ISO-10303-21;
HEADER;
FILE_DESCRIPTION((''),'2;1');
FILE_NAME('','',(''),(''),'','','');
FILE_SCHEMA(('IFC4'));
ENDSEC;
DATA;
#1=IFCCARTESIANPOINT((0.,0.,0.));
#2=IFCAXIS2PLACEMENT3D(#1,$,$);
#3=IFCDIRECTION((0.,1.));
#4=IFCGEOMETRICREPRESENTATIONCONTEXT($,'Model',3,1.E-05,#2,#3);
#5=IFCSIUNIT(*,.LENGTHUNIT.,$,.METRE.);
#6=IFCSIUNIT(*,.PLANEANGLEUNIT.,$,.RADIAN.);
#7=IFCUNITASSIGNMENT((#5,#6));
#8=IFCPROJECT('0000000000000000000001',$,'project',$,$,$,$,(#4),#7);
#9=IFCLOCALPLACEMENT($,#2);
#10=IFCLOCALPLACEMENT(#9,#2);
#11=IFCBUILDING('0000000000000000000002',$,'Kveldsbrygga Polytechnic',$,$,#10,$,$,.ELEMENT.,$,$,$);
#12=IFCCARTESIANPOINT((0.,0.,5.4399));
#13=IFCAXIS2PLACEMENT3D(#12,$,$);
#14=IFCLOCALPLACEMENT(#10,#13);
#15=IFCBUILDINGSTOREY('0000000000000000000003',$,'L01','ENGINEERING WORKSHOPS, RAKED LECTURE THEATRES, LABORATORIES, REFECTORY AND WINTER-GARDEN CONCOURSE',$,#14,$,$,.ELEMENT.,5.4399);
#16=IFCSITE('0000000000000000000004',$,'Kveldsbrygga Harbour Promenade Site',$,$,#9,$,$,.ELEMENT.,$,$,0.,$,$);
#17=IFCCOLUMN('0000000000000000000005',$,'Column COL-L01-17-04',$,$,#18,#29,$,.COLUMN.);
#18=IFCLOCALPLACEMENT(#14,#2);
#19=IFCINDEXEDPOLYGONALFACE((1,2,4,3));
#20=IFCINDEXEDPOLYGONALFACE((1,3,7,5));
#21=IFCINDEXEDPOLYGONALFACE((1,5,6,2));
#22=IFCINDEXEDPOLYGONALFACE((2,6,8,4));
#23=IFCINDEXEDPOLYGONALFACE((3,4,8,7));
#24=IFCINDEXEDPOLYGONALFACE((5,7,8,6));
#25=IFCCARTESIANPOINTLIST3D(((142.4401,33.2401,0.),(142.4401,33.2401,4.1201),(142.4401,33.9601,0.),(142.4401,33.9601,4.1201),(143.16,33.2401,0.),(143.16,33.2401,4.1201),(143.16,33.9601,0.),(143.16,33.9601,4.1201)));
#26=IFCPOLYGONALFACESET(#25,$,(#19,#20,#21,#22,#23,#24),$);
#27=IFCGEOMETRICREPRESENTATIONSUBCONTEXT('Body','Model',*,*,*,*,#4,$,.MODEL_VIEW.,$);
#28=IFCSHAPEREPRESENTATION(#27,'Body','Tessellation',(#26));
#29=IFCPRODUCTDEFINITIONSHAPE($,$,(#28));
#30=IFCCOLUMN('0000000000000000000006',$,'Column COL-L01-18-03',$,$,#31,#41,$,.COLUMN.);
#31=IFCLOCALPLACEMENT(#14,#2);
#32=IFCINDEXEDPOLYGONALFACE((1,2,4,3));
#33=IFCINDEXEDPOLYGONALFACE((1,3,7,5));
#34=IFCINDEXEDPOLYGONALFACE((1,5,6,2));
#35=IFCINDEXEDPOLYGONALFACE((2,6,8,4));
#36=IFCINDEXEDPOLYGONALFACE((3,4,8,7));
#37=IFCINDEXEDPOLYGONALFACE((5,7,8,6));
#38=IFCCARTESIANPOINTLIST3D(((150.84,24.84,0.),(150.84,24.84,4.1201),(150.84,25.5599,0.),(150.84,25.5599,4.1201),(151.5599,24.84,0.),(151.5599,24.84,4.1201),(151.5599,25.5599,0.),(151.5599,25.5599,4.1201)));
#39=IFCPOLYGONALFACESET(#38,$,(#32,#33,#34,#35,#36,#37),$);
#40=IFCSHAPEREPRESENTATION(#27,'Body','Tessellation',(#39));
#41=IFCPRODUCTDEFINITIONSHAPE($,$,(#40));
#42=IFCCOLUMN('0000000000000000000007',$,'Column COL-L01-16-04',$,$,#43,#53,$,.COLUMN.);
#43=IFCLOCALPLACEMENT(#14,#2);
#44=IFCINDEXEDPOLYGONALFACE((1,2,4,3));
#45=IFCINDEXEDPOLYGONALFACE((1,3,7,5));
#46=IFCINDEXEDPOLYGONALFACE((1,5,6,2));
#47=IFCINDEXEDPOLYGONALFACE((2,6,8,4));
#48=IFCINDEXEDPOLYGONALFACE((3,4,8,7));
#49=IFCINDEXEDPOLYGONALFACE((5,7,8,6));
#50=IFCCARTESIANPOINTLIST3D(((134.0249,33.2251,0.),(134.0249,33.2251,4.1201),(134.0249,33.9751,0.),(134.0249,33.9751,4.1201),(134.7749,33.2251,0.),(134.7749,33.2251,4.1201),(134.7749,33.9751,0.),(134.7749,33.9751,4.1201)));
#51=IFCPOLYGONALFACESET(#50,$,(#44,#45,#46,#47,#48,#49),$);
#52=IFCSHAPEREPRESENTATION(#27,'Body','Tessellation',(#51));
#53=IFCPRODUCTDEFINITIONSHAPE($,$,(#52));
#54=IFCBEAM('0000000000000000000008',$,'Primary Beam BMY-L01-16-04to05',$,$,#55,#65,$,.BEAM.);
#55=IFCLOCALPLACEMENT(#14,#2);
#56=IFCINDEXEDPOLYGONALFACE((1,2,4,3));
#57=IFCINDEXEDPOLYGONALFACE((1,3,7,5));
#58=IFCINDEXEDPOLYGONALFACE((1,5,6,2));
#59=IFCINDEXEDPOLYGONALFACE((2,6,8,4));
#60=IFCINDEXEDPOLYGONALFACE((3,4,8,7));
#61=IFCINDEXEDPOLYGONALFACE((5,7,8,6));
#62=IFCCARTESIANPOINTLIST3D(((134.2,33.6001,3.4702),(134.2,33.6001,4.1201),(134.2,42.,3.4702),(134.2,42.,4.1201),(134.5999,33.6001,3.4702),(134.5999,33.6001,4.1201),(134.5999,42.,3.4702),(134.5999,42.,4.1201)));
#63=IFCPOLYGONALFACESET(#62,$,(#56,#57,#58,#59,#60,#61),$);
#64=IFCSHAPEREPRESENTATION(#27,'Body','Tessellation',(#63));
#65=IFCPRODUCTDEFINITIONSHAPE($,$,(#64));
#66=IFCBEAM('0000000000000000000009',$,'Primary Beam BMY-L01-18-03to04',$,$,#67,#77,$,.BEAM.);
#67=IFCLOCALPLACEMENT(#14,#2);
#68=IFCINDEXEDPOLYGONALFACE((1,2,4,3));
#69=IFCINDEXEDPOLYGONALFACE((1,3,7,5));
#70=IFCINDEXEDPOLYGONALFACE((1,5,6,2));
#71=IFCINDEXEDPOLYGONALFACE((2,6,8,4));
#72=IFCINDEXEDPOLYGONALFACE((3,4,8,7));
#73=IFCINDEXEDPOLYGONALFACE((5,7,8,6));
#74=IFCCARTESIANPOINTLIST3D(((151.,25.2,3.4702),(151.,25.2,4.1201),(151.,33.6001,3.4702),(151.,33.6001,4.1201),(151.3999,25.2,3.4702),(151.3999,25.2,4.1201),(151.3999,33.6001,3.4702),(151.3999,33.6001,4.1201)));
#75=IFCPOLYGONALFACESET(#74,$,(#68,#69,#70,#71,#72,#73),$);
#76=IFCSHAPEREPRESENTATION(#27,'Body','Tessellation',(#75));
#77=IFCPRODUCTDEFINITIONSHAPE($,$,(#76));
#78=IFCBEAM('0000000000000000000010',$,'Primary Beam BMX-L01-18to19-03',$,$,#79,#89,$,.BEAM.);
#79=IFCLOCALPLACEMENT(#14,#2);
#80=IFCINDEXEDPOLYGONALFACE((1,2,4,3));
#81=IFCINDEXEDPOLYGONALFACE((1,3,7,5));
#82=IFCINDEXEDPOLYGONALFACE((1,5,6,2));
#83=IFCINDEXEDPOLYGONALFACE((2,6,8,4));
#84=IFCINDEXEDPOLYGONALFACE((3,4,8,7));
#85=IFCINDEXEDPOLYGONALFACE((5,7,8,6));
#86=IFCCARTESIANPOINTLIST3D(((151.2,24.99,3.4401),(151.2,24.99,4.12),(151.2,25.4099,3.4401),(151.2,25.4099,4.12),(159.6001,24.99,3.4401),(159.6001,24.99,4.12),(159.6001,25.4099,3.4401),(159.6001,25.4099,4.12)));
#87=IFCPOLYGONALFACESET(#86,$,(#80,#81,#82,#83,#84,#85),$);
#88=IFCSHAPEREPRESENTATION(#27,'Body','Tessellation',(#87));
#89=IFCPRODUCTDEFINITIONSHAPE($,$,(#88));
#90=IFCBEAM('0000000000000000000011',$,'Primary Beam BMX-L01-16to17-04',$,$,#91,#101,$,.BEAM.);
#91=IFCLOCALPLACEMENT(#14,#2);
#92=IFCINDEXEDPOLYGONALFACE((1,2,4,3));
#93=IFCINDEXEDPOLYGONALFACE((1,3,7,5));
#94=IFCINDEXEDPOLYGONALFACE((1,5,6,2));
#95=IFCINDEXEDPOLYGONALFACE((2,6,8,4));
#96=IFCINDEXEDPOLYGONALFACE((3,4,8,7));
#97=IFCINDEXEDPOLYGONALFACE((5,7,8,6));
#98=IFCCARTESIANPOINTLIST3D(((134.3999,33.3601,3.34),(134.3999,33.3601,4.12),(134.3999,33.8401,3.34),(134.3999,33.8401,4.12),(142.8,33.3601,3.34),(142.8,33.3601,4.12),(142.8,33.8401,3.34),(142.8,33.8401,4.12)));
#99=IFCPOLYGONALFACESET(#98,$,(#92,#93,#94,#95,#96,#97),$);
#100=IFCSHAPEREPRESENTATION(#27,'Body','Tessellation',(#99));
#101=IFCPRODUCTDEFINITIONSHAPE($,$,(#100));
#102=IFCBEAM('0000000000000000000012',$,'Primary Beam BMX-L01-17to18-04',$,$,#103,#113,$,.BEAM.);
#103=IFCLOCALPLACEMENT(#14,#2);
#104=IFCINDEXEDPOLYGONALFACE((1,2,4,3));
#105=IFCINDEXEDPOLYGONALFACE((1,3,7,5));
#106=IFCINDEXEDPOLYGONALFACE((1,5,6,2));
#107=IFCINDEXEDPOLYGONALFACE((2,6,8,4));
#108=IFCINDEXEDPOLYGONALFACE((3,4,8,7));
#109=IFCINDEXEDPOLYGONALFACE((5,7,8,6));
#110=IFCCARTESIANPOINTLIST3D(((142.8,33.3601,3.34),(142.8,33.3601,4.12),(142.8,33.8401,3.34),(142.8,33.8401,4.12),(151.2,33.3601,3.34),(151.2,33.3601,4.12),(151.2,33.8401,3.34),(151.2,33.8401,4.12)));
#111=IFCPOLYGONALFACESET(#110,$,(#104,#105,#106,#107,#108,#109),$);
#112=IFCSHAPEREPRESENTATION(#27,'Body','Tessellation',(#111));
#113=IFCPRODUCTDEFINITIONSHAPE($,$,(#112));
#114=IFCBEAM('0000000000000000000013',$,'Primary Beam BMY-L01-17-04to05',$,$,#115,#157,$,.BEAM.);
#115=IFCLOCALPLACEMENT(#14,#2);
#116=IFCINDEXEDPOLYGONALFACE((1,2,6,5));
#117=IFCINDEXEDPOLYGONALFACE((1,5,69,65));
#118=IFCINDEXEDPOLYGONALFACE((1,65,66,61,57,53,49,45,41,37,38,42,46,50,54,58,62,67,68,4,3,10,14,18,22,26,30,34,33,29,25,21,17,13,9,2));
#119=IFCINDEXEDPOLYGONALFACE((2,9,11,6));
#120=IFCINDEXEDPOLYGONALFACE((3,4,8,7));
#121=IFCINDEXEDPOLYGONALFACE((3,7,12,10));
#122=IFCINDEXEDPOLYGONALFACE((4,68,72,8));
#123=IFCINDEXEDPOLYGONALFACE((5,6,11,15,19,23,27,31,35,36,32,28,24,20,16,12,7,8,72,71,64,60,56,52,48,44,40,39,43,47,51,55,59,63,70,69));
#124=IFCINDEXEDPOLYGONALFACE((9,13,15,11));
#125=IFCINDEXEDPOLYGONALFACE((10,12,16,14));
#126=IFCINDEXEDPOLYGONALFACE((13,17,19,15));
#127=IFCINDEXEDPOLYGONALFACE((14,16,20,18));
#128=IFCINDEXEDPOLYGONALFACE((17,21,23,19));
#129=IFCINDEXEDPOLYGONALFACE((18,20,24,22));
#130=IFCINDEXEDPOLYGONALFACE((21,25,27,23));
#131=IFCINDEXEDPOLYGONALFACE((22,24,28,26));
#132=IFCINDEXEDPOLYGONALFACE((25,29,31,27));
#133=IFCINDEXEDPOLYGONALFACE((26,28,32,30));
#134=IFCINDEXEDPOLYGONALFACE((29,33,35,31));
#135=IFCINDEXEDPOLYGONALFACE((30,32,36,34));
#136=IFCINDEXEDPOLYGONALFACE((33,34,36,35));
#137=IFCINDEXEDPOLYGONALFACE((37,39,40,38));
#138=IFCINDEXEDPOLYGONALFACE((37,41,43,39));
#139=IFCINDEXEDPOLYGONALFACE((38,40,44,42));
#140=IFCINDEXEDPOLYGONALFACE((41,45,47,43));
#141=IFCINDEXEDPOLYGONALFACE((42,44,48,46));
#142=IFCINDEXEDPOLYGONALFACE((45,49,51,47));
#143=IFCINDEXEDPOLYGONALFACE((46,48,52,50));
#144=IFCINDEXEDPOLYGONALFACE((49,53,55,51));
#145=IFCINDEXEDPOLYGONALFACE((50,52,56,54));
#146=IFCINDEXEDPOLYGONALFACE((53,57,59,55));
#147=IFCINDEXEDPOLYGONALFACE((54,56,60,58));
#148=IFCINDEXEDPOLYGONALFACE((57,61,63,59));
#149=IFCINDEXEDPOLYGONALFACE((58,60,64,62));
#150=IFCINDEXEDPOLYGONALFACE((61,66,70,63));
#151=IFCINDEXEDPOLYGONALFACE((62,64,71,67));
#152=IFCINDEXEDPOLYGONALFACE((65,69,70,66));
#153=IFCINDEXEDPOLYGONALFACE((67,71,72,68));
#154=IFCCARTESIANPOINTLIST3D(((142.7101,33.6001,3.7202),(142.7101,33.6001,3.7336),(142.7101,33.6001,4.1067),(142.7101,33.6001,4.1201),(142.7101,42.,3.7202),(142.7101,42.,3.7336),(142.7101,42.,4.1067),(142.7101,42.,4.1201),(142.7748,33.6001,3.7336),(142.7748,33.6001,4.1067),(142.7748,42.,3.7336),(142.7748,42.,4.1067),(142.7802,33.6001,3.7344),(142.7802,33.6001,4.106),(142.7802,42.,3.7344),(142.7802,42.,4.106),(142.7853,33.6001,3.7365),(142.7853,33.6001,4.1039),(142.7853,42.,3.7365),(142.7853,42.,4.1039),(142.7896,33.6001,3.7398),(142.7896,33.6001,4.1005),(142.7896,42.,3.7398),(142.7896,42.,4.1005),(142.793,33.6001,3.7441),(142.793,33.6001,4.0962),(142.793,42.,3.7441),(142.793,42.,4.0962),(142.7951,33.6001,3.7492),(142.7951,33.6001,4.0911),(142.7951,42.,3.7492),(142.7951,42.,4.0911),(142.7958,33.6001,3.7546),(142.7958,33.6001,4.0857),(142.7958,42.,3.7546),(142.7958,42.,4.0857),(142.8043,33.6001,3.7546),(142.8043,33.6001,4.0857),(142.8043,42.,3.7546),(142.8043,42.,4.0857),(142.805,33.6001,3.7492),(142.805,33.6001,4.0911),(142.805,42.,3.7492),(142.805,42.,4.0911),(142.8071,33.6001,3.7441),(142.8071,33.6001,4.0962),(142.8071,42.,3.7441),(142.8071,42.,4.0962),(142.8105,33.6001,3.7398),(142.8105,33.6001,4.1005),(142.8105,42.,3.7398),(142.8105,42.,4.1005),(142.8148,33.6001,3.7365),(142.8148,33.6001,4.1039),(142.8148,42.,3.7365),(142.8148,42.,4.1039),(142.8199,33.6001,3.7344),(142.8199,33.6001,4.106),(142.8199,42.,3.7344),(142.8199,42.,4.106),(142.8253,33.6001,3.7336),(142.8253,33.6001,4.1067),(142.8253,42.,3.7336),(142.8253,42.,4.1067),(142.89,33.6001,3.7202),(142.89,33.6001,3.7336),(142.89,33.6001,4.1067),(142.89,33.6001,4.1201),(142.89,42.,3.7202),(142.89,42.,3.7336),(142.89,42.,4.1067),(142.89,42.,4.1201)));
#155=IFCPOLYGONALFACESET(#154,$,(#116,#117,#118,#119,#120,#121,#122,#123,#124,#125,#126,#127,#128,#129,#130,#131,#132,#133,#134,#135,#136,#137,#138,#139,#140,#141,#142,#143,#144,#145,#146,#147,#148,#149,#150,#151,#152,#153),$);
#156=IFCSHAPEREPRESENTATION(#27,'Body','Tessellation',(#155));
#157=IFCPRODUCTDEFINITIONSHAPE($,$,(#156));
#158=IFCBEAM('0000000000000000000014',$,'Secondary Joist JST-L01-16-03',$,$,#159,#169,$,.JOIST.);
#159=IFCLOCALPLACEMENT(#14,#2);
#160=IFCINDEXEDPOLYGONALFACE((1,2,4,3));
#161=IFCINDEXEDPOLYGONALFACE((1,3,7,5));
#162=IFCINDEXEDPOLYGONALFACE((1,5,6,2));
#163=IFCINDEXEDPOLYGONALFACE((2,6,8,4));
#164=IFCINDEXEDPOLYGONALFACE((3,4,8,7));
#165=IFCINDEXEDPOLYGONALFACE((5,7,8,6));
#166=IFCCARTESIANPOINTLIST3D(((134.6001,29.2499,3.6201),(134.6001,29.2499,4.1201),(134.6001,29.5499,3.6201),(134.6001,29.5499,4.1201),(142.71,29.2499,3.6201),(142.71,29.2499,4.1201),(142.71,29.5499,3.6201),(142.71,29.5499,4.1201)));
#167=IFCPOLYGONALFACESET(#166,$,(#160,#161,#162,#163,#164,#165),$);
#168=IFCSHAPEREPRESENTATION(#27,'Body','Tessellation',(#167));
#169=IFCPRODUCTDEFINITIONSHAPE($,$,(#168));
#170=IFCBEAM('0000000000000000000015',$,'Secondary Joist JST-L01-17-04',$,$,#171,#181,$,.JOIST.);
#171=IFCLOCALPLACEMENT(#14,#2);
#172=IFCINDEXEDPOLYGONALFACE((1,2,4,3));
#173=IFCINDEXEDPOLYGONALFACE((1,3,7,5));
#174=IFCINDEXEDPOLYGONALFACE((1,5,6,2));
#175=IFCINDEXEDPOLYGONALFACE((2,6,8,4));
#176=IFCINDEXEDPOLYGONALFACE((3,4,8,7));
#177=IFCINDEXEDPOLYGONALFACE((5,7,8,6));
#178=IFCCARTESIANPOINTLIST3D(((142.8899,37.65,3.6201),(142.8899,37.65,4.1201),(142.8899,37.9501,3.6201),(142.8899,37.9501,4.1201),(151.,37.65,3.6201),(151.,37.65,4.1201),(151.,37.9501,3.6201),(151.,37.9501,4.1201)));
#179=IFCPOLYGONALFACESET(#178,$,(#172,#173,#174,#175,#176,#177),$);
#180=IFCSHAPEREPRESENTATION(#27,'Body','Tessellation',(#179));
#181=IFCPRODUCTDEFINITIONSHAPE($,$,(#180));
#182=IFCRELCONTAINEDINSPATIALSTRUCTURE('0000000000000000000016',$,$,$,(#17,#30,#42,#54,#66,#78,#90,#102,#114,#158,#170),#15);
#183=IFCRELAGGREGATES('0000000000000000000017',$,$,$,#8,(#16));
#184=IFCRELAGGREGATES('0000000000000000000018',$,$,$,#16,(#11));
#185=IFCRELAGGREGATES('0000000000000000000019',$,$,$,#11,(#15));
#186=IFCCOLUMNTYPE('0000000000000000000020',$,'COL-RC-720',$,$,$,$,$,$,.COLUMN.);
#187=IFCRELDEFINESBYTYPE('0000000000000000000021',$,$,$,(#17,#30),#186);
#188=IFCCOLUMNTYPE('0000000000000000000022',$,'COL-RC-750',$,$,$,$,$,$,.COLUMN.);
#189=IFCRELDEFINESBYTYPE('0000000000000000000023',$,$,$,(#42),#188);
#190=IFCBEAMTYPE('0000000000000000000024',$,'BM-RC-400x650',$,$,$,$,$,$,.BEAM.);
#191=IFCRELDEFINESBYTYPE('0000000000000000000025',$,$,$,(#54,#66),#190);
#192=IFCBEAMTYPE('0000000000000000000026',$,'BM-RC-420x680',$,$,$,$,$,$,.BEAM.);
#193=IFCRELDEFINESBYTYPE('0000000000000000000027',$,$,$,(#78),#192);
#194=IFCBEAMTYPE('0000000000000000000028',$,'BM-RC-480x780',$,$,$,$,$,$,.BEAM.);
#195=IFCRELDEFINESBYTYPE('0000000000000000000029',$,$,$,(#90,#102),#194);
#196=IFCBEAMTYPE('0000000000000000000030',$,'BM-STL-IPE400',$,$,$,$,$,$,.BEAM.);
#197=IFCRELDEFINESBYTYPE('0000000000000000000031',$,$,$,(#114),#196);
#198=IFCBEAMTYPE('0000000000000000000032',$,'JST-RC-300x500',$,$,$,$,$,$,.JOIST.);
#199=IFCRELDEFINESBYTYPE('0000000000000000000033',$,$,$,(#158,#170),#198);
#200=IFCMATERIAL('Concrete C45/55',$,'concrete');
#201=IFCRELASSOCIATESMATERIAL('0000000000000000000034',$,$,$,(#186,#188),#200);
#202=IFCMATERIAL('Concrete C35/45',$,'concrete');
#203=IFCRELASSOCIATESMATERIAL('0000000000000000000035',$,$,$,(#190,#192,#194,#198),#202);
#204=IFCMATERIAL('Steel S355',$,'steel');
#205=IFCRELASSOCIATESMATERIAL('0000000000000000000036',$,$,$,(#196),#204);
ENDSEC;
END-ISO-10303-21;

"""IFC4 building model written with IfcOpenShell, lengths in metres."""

from ifc_helpers import new_model, si_unit, direction, frame, origin, origin_2d, place, context, subcontext, project, spatial, rectangle, i_section, extrude, material, material_profile, profile_set, type_object, element, save


model = new_model("IFC4")

# Units and contexts
model_context = context("Model", 3, precision=1e-05, world=origin(), true_north=direction((0.0, 1.0)))
body_context = subcontext(model_context, "Body", "Model", "MODEL_VIEW")
ifc_project = project(units=[si_unit("LENGTHUNIT", "METRE"), si_unit("PLANEANGLEUNIT", "RADIAN")], contexts=[model_context])

# Site, building, storey
site_placement = place(None, origin())
site = spatial("IfcSite", under=ifc_project, at=site_placement, Name="Kveldsbrygga Harbour Promenade Site", CompositionType="ELEMENT", RefElevation=0.0)
building_placement = place(site_placement, origin())
building = spatial("IfcBuilding", under=site, at=building_placement, Name="Kveldsbrygga Polytechnic", CompositionType="ELEMENT")
storey_placement = place(building_placement, frame((0.0, 0.0, 5.4399)))
storey = spatial("IfcBuildingStorey", under=building, at=storey_placement, Name="L01", Description="ENGINEERING WORKSHOPS, RAKED LECTURE THEATRES, LABORATORIES, REFECTORY AND WINTER-GARDEN CONCOURSE", CompositionType="ELEMENT", Elevation=5.4399)

# Columns
ifc_material_1 = material(Name="Concrete C45/55", Category="concrete")
ifc_material_profile_1 = material_profile(ifc_material_1, rectangle(XDim=0.72, YDim=0.72, at=origin_2d()), Name="RC 720x720")
ifc_profile_set_1 = profile_set([ifc_material_profile_1], Name="Concrete C45/55")
column_type_1 = type_object("IfcColumnType", Name="COL-RC-720", PredefinedType="COLUMN", material=ifc_profile_set_1)
for number, where, z_axis, x_axis, name in (
    (1, (142.8, 33.6001, 0.0), (0.0, 0.0, 1.0), (1.0, 0.0, 0.0), "Column COL-L01-17-04"),
    (2, (151.2, 25.2, 0.0), (0.0, 0.0, 1.0), (1.0, 0.0, 0.0), "Column COL-L01-18-03"),
):
    element("IfcColumn", number, at=place(storey_placement, frame(where, z_axis=z_axis, x_axis=x_axis)), inside=storey, type_object=column_type_1, Name=name, PredefinedType="COLUMN", context=body_context, shape_type="SweptSolid", body=[
        extrude(rectangle(XDim=0.72, YDim=0.72, at=origin_2d()), origin(), (0.0, 0.0, 1.0), 4.1201),
    ])
ifc_material_profile_2 = material_profile(ifc_material_1, rectangle(XDim=0.75, YDim=0.75, at=origin_2d()), Name="RC 750x750")
ifc_profile_set_2 = profile_set([ifc_material_profile_2], Name="Concrete C45/55")
column_type_2 = type_object("IfcColumnType", Name="COL-RC-750", PredefinedType="COLUMN", material=ifc_profile_set_2)
column_placement = place(storey_placement, frame((134.3999, 33.6001, 0.0), z_axis=(0.0, 0.0, 1.0), x_axis=(1.0, 0.0, 0.0)))
element("IfcColumn", 3, at=column_placement, inside=storey, type_object=column_type_2, Name="Column COL-L01-16-04", PredefinedType="COLUMN", context=body_context, shape_type="SweptSolid", body=[
    extrude(rectangle(XDim=0.75, YDim=0.75, at=origin_2d()), origin(), (0.0, 0.0, 1.0), 4.1201),
])

# Beams
ifc_material_2 = material(Name="Concrete C35/45", Category="concrete")
ifc_material_profile_3 = material_profile(ifc_material_2, rectangle(XDim=0.3999, YDim=0.6499, at=origin_2d()), Name="RC 400x650")
ifc_profile_set_3 = profile_set([ifc_material_profile_3], Name="Concrete C35/45")
beam_type_1 = type_object("IfcBeamType", Name="BM-RC-400x650", PredefinedType="BEAM", material=ifc_profile_set_3)
beam_1_placement = place(storey_placement, frame((134.3999, 33.6001, 3.7952), z_axis=(0.0, 1.0, 0.0), x_axis=(-1.0, 0.0, 0.0)))
element("IfcBeam", 4, at=beam_1_placement, inside=storey, type_object=beam_type_1, Name="Primary Beam BMY-L01-16-04to05", PredefinedType="BEAM", context=body_context, shape_type="SweptSolid", body=[
    extrude(rectangle(XDim=0.3999, YDim=0.6499, at=origin_2d()), origin(), (0.0, 0.0, 1.0), 8.3999),
])
beam_2_placement = place(storey_placement, frame((151.2, 25.2, 3.7952), z_axis=(0.0, 1.0, 0.0), x_axis=(-1.0, 0.0, 0.0)))
element("IfcBeam", 5, at=beam_2_placement, inside=storey, type_object=beam_type_1, Name="Primary Beam BMY-L01-18-03to04", PredefinedType="BEAM", context=body_context, shape_type="SweptSolid", body=[
    extrude(rectangle(XDim=0.3999, YDim=0.6499, at=origin_2d()), origin(), (0.0, 0.0, 1.0), 8.4001),
])
ifc_material_profile_4 = material_profile(ifc_material_2, rectangle(XDim=0.4199, YDim=0.6799, at=origin_2d()), Name="RC 420x680")
ifc_profile_set_4 = profile_set([ifc_material_profile_4], Name="Concrete C35/45")
beam_type_2 = type_object("IfcBeamType", Name="BM-RC-420x680", PredefinedType="BEAM", material=ifc_profile_set_4)
beam_3_placement = place(storey_placement, frame((151.2, 25.2, 3.78), z_axis=(1.0, 0.0, 0.0), x_axis=(0.0, 1.0, 0.0)))
element("IfcBeam", 6, at=beam_3_placement, inside=storey, type_object=beam_type_2, Name="Primary Beam BMX-L01-18to19-03", PredefinedType="BEAM", context=body_context, shape_type="SweptSolid", body=[
    extrude(rectangle(XDim=0.4199, YDim=0.6799, at=origin_2d()), origin(), (0.0, 0.0, 1.0), 8.4001),
])
ifc_material_profile_5 = material_profile(ifc_material_2, rectangle(XDim=0.48, YDim=0.78, at=origin_2d()), Name="RC 480x780")
ifc_profile_set_5 = profile_set([ifc_material_profile_5], Name="Concrete C35/45")
beam_type_3 = type_object("IfcBeamType", Name="BM-RC-480x780", PredefinedType="BEAM", material=ifc_profile_set_5)
beam_4_placement = place(storey_placement, frame((134.3999, 33.6001, 3.73), z_axis=(1.0, 0.0, 0.0), x_axis=(0.0, 1.0, 0.0)))
element("IfcBeam", 7, at=beam_4_placement, inside=storey, type_object=beam_type_3, Name="Primary Beam BMX-L01-16to17-04", PredefinedType="BEAM", context=body_context, shape_type="SweptSolid", body=[
    extrude(rectangle(XDim=0.48, YDim=0.78, at=origin_2d()), origin(), (0.0, 0.0, 1.0), 8.4001),
])
beam_5_placement = place(storey_placement, frame((142.8, 33.6001, 3.73), z_axis=(1.0, 0.0, 0.0), x_axis=(0.0, 1.0, 0.0)))
element("IfcBeam", 8, at=beam_5_placement, inside=storey, type_object=beam_type_3, Name="Primary Beam BMX-L01-17to18-04", PredefinedType="BEAM", context=body_context, shape_type="SweptSolid", body=[
    extrude(rectangle(XDim=0.48, YDim=0.78, at=origin_2d()), origin(), (0.0, 0.0, 1.0), 8.3999),
])
ifc_material_3 = material(Name="Steel S355", Category="steel")
ifc_material_profile_6 = material_profile(ifc_material_3, i_section(OverallWidth=0.1799, OverallDepth=0.3999, WebThickness=0.0085, FlangeThickness=0.0134, FilletRadius=0.021, at=origin_2d()), Name="IPE 400")
ifc_profile_set_6 = profile_set([ifc_material_profile_6], Name="Steel S355")
beam_type_4 = type_object("IfcBeamType", Name="BM-STL-IPE400", PredefinedType="BEAM", material=ifc_profile_set_6)
beam_6_placement = place(storey_placement, frame((142.8, 33.6001, 3.9202), z_axis=(0.0, 1.0, 0.0), x_axis=(-1.0, 0.0, 0.0)))
element("IfcBeam", 9, at=beam_6_placement, inside=storey, type_object=beam_type_4, Name="Primary Beam BMY-L01-17-04to05", PredefinedType="BEAM", context=body_context, shape_type="SweptSolid", body=[
    extrude(i_section(OverallWidth=0.1799, OverallDepth=0.3999, WebThickness=0.0085, FlangeThickness=0.0134, FilletRadius=0.021, at=origin_2d()), origin(), (0.0, 0.0, 1.0), 8.3999),
])
ifc_material_profile_7 = material_profile(ifc_material_2, rectangle(XDim=0.3, YDim=0.5, at=origin_2d()), Name="RC 300x500")
ifc_profile_set_7 = profile_set([ifc_material_profile_7], Name="Concrete C35/45")
beam_type_5 = type_object("IfcBeamType", Name="JST-RC-300x500", PredefinedType="JOIST", material=ifc_profile_set_7)
beam_7_placement = place(storey_placement, frame((134.6001, 29.3999, 3.8701), z_axis=(1.0, 0.0, 0.0), x_axis=(0.0, 1.0, 0.0)))
element("IfcBeam", 10, at=beam_7_placement, inside=storey, type_object=beam_type_5, Name="Secondary Joist JST-L01-16-03", PredefinedType="JOIST", context=body_context, shape_type="SweptSolid", body=[
    extrude(rectangle(XDim=0.3, YDim=0.5, at=origin_2d()), origin(), (0.0, 0.0, 1.0), 8.1099),
])
beam_8_placement = place(storey_placement, frame((142.8899, 37.8, 3.8701), z_axis=(1.0, 0.0, 0.0), x_axis=(0.0, 1.0, 0.0)))
element("IfcBeam", 11, at=beam_8_placement, inside=storey, type_object=beam_type_5, Name="Secondary Joist JST-L01-17-04", PredefinedType="JOIST", context=body_context, shape_type="SweptSolid", body=[
    extrude(rectangle(XDim=0.3, YDim=0.5, at=origin_2d()), origin(), (0.0, 0.0, 1.0), 8.1101),
])

save(model, "model.ifc")
